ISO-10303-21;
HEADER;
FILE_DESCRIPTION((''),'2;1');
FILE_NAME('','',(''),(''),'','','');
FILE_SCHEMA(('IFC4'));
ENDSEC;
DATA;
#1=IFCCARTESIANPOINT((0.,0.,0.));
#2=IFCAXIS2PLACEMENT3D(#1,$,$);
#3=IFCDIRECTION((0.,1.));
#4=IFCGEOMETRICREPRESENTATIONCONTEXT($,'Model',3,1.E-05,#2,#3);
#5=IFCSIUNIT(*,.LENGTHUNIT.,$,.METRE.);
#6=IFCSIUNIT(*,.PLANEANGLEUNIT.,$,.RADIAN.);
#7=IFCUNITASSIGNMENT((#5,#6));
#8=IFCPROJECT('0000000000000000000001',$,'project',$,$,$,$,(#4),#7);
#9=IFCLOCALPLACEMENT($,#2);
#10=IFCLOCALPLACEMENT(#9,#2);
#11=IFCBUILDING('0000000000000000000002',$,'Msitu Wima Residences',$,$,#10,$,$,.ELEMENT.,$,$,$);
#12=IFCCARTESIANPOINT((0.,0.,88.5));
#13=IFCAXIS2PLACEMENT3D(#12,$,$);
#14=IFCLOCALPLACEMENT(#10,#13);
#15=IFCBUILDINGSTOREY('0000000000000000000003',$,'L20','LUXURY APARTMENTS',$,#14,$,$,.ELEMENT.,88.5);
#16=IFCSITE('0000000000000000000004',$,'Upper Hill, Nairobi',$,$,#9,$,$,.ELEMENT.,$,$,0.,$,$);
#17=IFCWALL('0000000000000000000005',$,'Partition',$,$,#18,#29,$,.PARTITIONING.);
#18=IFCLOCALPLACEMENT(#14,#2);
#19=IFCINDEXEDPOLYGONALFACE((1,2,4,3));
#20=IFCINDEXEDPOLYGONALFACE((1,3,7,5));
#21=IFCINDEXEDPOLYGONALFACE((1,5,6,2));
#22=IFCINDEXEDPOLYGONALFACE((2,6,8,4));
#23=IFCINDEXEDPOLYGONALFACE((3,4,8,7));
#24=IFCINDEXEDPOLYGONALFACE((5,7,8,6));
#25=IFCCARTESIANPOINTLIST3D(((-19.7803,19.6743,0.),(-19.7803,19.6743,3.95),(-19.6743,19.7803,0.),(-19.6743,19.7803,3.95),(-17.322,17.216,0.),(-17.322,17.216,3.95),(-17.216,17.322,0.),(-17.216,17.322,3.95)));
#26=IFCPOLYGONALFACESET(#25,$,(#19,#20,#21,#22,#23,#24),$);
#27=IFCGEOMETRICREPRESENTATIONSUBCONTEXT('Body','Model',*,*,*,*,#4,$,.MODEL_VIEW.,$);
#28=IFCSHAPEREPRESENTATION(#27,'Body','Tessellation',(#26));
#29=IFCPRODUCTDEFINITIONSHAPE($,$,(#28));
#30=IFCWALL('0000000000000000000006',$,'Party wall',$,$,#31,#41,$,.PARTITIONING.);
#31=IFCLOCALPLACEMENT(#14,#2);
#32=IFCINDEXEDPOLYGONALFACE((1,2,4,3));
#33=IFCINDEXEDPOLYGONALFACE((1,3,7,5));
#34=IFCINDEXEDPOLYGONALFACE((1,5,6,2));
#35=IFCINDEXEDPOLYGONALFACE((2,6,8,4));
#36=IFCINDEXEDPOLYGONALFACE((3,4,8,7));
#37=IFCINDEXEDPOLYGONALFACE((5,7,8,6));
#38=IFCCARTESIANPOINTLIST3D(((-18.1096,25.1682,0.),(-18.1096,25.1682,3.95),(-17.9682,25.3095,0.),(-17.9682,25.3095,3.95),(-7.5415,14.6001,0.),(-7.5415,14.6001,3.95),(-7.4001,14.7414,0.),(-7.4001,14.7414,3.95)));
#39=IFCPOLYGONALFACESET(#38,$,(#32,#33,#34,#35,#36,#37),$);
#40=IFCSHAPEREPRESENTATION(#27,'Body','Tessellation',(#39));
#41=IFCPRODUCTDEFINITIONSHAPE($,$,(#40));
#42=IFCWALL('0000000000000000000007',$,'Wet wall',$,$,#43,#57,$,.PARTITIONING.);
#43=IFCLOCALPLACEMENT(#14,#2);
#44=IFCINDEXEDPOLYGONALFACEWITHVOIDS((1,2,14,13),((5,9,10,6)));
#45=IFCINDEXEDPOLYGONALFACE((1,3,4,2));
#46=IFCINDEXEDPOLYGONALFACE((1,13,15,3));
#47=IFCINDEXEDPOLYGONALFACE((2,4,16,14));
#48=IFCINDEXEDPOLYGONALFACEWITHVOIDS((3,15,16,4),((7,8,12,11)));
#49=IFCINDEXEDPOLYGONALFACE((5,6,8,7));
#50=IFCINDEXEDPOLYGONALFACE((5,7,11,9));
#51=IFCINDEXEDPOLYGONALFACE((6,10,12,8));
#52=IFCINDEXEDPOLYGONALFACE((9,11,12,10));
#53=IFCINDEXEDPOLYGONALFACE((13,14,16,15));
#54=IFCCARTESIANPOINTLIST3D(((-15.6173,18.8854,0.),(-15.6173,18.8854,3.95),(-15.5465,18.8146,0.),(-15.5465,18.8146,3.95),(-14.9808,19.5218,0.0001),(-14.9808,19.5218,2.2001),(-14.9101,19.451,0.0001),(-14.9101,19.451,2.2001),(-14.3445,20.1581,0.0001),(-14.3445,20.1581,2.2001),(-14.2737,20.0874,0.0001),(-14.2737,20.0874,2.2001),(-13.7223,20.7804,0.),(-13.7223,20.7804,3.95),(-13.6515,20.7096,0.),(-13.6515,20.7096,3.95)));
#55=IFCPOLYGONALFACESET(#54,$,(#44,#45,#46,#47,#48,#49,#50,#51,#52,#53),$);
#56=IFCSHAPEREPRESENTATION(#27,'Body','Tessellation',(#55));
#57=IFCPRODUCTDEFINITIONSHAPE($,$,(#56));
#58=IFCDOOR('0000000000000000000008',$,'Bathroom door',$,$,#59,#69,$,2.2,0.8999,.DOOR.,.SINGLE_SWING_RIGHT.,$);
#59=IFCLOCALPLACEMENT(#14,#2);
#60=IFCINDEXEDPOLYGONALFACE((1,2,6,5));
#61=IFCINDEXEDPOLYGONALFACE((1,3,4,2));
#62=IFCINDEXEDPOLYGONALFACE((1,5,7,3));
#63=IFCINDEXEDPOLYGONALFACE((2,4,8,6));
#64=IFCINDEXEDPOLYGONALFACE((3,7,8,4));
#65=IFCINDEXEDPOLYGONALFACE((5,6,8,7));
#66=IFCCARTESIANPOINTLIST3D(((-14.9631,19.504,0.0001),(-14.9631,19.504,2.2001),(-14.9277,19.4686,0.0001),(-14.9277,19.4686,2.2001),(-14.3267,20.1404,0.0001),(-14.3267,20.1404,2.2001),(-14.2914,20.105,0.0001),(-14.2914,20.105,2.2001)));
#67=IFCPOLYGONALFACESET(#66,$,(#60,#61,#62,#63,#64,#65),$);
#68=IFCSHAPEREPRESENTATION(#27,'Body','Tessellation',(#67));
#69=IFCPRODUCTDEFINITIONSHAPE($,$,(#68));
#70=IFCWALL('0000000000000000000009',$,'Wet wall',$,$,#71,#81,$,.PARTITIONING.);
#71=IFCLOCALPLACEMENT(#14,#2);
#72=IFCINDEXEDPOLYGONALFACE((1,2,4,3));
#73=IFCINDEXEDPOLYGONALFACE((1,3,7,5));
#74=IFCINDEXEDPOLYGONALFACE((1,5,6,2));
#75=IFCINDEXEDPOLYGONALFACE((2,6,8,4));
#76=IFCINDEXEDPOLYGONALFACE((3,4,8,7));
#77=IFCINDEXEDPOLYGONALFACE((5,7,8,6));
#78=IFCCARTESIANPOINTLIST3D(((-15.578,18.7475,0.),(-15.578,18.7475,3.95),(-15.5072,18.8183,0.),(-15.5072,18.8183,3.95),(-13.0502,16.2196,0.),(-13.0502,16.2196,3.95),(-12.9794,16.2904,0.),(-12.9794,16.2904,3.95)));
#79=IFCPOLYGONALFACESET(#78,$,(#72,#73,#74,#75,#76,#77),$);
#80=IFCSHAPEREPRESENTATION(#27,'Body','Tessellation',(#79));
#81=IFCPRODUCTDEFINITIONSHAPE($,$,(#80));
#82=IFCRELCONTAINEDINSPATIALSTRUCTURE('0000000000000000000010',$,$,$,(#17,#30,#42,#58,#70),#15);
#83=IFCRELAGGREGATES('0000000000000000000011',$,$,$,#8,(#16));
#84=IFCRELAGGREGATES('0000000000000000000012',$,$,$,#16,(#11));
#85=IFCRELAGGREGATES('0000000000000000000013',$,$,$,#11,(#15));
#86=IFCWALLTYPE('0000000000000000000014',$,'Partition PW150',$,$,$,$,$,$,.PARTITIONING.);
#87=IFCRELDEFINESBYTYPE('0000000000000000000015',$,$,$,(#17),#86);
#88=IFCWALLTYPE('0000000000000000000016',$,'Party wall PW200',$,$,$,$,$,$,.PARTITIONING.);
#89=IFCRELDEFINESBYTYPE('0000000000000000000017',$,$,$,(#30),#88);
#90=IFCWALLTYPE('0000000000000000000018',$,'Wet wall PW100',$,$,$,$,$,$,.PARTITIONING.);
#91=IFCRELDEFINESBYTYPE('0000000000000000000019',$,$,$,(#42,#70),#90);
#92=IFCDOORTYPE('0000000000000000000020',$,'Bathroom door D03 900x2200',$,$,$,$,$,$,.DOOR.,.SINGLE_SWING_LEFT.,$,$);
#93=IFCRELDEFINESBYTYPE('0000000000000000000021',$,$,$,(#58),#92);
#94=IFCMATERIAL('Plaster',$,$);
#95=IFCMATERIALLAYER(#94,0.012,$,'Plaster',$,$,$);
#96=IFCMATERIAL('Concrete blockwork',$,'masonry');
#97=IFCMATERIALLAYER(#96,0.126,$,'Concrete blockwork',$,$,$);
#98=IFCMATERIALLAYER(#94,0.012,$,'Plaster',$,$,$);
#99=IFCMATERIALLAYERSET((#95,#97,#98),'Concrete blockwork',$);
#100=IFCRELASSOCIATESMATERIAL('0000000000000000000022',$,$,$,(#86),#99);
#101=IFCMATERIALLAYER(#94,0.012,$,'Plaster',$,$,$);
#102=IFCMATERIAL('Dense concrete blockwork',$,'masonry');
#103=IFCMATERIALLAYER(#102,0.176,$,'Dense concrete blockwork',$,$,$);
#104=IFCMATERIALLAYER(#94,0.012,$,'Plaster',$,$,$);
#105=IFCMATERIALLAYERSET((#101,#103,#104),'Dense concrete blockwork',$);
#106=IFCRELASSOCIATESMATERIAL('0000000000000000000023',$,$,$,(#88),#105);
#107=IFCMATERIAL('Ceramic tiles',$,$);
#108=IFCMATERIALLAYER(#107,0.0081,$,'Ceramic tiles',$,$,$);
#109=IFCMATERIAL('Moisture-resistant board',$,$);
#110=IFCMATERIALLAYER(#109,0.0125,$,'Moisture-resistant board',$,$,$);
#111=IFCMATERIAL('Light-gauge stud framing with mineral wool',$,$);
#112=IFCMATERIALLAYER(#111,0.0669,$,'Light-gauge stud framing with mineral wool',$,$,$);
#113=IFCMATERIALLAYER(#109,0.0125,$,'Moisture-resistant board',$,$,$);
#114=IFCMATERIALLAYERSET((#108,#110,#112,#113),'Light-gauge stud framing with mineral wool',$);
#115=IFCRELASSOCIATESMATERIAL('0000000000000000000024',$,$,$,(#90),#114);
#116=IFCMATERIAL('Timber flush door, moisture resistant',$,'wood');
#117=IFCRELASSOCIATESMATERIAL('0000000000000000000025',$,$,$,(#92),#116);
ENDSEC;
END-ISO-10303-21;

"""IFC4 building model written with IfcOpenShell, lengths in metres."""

from ifc_helpers import new_model, si_unit, direction, frame, frame_2d, origin, place, context, subcontext, project, spatial, rectangle, extrude, material, layer, layer_set, type_object, element, fill, save


model = new_model("IFC4")

# Units and contexts
model_context = context("Model", 3, precision=1e-05, world=origin(), true_north=direction((0.0, 1.0)))
body_context = subcontext(model_context, "Body", "Model", "MODEL_VIEW")
ifc_project = project(units=[si_unit("LENGTHUNIT", "METRE"), si_unit("PLANEANGLEUNIT", "RADIAN")], contexts=[model_context])

# Site, building, storey
site_placement = place(None, origin())
site = spatial("IfcSite", under=ifc_project, at=site_placement, Name="Upper Hill, Nairobi", CompositionType="ELEMENT", RefElevation=0.0)
building_placement = place(site_placement, origin())
building = spatial("IfcBuilding", under=site, at=building_placement, Name="Msitu Wima Residences", CompositionType="ELEMENT")
storey_placement = place(building_placement, frame((0.0, 0.0, 88.5)))
storey = spatial("IfcBuildingStorey", under=building, at=storey_placement, Name="L20", Description="LUXURY APARTMENTS", CompositionType="ELEMENT", Elevation=88.5)

# Shared definitions
ifc_material_1 = material(Name="Plaster")
ifc_material_2 = material(Name="Concrete blockwork", Category="masonry")

# Walls
ifc_layer_1 = layer(ifc_material_1, 0.012, Name="Plaster")
ifc_layer_2 = layer(ifc_material_2, 0.126, Name="Concrete blockwork")
ifc_layer_3 = layer(ifc_material_1, 0.012, Name="Plaster")
ifc_layer_set_1 = layer_set([ifc_layer_1, ifc_layer_2, ifc_layer_3], Name="Concrete blockwork")
wall_type_1 = type_object("IfcWallType", Name="Partition PW150", PredefinedType="PARTITIONING", material=ifc_layer_set_1)
wall_1_placement = place(storey_placement, frame((-19.7273, 19.7273, 0.0), z_axis=(0.0, 0.0, 1.0), x_axis=(0.707107, -0.707107, 0.0)))
element("IfcWall", 1, at=wall_1_placement, inside=storey, type_object=wall_type_1, Name="Partition", PredefinedType="PARTITIONING", context=body_context, shape_type="SweptSolid", body=[
    extrude(rectangle(XDim=3.4766, YDim=0.1499, at=frame_2d((1.7383, 0.0))), origin(), (0.0, 0.0, 1.0), 3.95),
])
ifc_layer_4 = layer(ifc_material_1, 0.012, Name="Plaster")
ifc_material_3 = material(Name="Dense concrete blockwork", Category="masonry")
ifc_layer_5 = layer(ifc_material_3, 0.176, Name="Dense concrete blockwork")
ifc_layer_6 = layer(ifc_material_1, 0.012, Name="Plaster")
ifc_layer_set_2 = layer_set([ifc_layer_4, ifc_layer_5, ifc_layer_6], Name="Dense concrete blockwork")
wall_type_2 = type_object("IfcWallType", Name="Party wall PW200", PredefinedType="PARTITIONING", material=ifc_layer_set_2)
wall_2_placement = place(storey_placement, frame((-18.0388, 25.2388, 0.0), z_axis=(0.0, 0.0, 1.0), x_axis=(0.707107, -0.707107, 0.0)))
element("IfcWall", 2, at=wall_2_placement, inside=storey, type_object=wall_type_2, Name="Party wall", PredefinedType="PARTITIONING", context=body_context, shape_type="SweptSolid", body=[
    extrude(rectangle(XDim=14.9456, YDim=0.2, at=frame_2d((7.4727, 0.0))), origin(), (0.0, 0.0, 1.0), 3.95),
])

# Wall, opening, door
ifc_material_4 = material(Name="Ceramic tiles")
ifc_layer_7 = layer(ifc_material_4, 0.0081, Name="Ceramic tiles")
ifc_material_5 = material(Name="Moisture-resistant board")
ifc_layer_8 = layer(ifc_material_5, 0.0125, Name="Moisture-resistant board")
ifc_material_6 = material(Name="Light-gauge stud framing with mineral wool")
ifc_layer_9 = layer(ifc_material_6, 0.0669, Name="Light-gauge stud framing with mineral wool")
ifc_layer_10 = layer(ifc_material_5, 0.0125, Name="Moisture-resistant board")
ifc_layer_set_3 = layer_set([ifc_layer_7, ifc_layer_8, ifc_layer_9, ifc_layer_10], Name="Light-gauge stud framing with mineral wool")
wall_type_3 = type_object("IfcWallType", Name="Wet wall PW100", PredefinedType="PARTITIONING", material=ifc_layer_set_3)
wall_3_placement = place(storey_placement, frame((-15.5818, 18.8501, 0.0), z_axis=(0.0, 0.0, 1.0), x_axis=(0.707107, 0.707107, 0.0)))
wall_3 = element("IfcWall", 3, at=wall_3_placement, inside=storey, type_object=wall_type_3, Name="Wet wall", PredefinedType="PARTITIONING", context=body_context, shape_type="SweptSolid", body=[
    extrude(rectangle(XDim=2.6799, YDim=0.1001, at=frame_2d((1.3398, 0.0))), origin(), (0.0, 0.0, 1.0), 3.95),
])
opening_1_placement = place(wall_3_placement, frame((0.8999, 0.0, 0.0)))
opening_1 = element("IfcOpeningElement", 4, at=opening_1_placement, cuts=wall_3, PredefinedType="OPENING", context=body_context, shape_type="SweptSolid", body=[
    extrude(rectangle(XDim=0.8999, YDim=2.2, at=frame_2d((0.45, 1.1001))), frame((0.0, 0.0601, 0.0), z_axis=(0.0, -1.0, 0.0), x_axis=(1.0, 0.0, 0.0)), (0.0, 0.0, 1.0), 0.1201),
])
ifc_material_7 = material(Name="Timber flush door, moisture resistant", Category="wood")
door_type_1 = type_object("IfcDoorType", Name="Bathroom door D03 900x2200", OperationType="SINGLE_SWING_LEFT", PredefinedType="DOOR", material=ifc_material_7)
door_1_placement = place(opening_1_placement, origin())
door_1 = element("IfcDoor", 5, at=door_1_placement, inside=storey, type_object=door_type_1, Name="Bathroom door", OperationType="SINGLE_SWING_RIGHT", OverallHeight=2.2, OverallWidth=0.8999, PredefinedType="DOOR", context=body_context, shape_type="SweptSolid", body=[
    extrude(rectangle(XDim=0.8999, YDim=2.2, at=frame_2d((0.45, 1.1001))), frame((0.0, 0.0249, 0.0), z_axis=(0.0, -1.0, 0.0), x_axis=(1.0, 0.0, 0.0)), (0.0, 0.0, 1.0), 0.05),
])
fill(opening_1, door_1)

# Wall
wall_4_placement = place(storey_placement, frame((-15.5427, 18.783, 0.0), z_axis=(0.0, 0.0, 1.0), x_axis=(0.707107, -0.707107, 0.0)))
element("IfcWall", 6, at=wall_4_placement, inside=storey, type_object=wall_type_3, Name="Wet wall", PredefinedType="PARTITIONING", context=body_context, shape_type="SweptSolid", body=[
    extrude(rectangle(XDim=3.575, YDim=0.1001, at=frame_2d((1.7876, 0.0))), origin(), (0.0, 0.0, 1.0), 3.95),
])

save(model, "model.ifc")
